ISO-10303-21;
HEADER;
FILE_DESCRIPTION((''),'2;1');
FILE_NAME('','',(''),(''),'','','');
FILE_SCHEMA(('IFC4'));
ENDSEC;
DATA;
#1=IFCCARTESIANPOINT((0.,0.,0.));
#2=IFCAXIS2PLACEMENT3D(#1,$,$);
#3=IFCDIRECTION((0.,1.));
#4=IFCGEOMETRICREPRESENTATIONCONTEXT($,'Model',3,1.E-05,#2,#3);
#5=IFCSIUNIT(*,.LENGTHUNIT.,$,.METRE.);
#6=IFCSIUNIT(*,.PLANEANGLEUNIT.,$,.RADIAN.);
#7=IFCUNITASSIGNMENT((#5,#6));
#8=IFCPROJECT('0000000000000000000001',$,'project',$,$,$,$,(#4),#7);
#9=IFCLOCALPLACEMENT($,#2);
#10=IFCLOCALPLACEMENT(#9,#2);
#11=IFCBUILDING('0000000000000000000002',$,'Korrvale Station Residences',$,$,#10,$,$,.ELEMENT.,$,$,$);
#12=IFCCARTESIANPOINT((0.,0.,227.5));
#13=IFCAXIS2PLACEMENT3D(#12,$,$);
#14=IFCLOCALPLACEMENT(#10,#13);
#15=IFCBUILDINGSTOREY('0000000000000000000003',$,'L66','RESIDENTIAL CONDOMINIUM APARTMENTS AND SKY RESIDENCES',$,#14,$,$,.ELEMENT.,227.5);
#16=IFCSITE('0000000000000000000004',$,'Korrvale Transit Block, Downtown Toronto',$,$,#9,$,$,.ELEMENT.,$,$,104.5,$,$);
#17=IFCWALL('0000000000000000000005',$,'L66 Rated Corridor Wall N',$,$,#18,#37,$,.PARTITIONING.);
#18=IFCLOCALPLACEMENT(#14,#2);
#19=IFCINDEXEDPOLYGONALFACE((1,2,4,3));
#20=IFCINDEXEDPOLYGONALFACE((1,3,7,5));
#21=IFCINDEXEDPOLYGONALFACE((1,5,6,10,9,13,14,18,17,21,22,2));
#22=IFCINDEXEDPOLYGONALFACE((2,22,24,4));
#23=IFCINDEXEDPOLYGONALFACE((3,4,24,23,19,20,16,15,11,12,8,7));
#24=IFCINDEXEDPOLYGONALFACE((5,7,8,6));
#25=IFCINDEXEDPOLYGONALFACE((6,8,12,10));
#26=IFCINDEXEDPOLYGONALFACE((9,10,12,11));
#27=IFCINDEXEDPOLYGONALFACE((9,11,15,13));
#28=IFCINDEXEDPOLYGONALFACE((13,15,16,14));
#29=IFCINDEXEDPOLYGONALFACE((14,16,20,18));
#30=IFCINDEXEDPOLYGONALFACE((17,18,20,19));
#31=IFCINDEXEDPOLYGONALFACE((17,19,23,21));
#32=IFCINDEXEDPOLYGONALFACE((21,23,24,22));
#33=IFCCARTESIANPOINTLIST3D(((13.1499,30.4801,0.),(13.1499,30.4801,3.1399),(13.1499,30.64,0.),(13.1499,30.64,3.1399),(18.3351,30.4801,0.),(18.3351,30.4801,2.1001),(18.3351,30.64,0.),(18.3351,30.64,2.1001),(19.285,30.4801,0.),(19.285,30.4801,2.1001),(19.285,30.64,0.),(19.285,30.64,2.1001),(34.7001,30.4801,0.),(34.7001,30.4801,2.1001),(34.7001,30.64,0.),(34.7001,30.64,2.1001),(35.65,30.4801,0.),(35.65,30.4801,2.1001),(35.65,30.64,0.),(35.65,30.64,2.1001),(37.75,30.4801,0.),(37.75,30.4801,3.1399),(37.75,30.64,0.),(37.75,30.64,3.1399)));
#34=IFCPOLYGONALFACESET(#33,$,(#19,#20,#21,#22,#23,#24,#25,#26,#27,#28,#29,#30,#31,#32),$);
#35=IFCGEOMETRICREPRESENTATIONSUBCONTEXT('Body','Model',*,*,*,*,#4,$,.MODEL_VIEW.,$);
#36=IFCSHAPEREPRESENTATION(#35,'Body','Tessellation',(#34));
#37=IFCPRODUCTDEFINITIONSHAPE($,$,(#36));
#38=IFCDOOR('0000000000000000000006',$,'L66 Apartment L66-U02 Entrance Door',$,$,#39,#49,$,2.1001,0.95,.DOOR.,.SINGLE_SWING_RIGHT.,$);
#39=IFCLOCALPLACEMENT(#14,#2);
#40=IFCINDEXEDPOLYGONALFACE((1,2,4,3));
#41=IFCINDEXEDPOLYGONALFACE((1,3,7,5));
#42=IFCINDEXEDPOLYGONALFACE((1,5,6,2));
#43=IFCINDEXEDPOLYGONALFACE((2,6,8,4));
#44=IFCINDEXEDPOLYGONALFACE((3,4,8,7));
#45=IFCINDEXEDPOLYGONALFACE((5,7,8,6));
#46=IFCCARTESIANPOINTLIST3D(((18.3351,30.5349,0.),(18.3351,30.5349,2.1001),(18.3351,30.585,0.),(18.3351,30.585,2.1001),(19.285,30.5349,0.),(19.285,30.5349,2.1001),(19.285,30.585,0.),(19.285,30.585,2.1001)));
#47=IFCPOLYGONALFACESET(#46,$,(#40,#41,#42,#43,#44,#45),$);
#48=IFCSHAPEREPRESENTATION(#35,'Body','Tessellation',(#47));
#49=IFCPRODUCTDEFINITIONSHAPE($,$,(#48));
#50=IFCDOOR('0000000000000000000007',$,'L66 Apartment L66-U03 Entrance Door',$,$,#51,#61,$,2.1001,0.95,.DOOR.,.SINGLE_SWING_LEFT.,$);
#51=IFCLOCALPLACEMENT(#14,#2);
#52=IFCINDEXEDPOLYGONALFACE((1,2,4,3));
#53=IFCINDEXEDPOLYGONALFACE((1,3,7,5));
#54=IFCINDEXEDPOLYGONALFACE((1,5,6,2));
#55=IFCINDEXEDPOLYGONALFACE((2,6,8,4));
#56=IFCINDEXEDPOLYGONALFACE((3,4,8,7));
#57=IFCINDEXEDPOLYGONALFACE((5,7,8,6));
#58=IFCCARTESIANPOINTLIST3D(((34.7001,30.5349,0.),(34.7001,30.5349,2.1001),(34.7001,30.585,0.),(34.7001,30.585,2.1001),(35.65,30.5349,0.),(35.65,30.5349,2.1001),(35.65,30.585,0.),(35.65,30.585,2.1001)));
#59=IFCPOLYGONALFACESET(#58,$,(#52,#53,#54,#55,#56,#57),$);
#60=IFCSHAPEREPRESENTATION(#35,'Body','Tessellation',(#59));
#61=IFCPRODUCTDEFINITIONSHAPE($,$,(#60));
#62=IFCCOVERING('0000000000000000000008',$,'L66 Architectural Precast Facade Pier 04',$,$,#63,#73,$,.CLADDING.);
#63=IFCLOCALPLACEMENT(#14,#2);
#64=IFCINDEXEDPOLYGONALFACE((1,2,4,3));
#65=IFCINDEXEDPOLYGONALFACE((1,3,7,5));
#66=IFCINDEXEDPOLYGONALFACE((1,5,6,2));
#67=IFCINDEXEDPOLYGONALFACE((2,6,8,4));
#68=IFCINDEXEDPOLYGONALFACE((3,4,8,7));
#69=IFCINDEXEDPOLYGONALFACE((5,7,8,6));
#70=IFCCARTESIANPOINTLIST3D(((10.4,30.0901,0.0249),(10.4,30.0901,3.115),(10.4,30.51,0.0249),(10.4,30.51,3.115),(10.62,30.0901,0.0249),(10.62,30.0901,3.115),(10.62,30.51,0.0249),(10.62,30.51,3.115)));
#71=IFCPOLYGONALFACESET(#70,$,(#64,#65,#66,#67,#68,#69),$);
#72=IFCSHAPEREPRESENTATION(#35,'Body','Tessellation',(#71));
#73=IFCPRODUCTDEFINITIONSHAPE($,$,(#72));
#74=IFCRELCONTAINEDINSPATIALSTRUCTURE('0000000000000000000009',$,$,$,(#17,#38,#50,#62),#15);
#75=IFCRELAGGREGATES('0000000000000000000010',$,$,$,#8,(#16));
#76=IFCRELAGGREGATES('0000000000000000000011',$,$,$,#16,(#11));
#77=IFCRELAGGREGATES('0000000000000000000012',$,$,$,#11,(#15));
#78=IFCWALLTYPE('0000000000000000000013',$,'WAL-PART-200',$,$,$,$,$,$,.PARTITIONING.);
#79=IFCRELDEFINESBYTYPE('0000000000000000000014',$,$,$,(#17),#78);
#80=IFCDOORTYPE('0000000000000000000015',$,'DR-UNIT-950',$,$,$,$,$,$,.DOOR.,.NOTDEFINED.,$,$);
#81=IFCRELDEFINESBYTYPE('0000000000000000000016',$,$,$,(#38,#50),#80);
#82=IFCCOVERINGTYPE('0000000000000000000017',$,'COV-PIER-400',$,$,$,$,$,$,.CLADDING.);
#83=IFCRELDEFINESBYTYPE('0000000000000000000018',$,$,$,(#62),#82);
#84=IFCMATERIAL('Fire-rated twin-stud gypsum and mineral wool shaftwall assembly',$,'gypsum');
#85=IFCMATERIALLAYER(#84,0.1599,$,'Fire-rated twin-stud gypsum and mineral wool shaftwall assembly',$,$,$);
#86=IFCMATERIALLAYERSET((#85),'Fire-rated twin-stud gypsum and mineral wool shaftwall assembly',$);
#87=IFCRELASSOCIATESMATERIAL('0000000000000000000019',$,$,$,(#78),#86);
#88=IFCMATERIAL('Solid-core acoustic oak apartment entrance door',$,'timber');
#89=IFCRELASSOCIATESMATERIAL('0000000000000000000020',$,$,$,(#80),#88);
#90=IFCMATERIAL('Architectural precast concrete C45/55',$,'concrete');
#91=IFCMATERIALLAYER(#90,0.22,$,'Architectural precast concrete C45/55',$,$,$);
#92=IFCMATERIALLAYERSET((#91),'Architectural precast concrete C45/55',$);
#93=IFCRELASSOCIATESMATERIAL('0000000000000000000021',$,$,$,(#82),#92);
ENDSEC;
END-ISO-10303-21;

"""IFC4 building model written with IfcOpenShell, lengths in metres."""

from ifc_helpers import new_model, si_unit, direction, frame, frame_2d, origin, origin_2d, place, context, subcontext, project, spatial, rectangle, extrude, material, layer, layer_set, type_object, element, fill, save


model = new_model("IFC4")

# Units and contexts
model_context = context("Model", 3, precision=1e-05, world=origin(), true_north=direction((0.0, 1.0)))
body_context = subcontext(model_context, "Body", "Model", "MODEL_VIEW")
ifc_project = project(units=[si_unit("LENGTHUNIT", "METRE"), si_unit("PLANEANGLEUNIT", "RADIAN")], contexts=[model_context])

# Site, building, storey
site_placement = place(None, origin())
site = spatial("IfcSite", under=ifc_project, at=site_placement, Name="Korrvale Transit Block, Downtown Toronto", CompositionType="ELEMENT", RefElevation=104.5)
building_placement = place(site_placement, origin())
building = spatial("IfcBuilding", under=site, at=building_placement, Name="Korrvale Station Residences", CompositionType="ELEMENT")
storey_placement = place(building_placement, frame((0.0, 0.0, 227.5)))
storey = spatial("IfcBuildingStorey", under=building, at=storey_placement, Name="L66", Description="RESIDENTIAL CONDOMINIUM APARTMENTS AND SKY RESIDENCES", CompositionType="ELEMENT", Elevation=227.5)

# Shared definitions
ifc_material_1 = material(Name="Fire-rated twin-stud gypsum and mineral wool shaftwall assembly", Category="gypsum")
ifc_layer_1 = layer(ifc_material_1, 0.1599, Name="Fire-rated twin-stud gypsum and mineral wool shaftwall assembly")
ifc_layer_set_1 = layer_set([ifc_layer_1], Name="Fire-rated twin-stud gypsum and mineral wool shaftwall assembly")
wall_type_1 = type_object("IfcWallType", Name="WAL-PART-200", PredefinedType="PARTITIONING", material=ifc_layer_set_1)

# Wall, openings, doors
wall_1_placement = place(storey_placement, frame((13.1499, 30.5601, 0.0), z_axis=(0.0, 0.0, 1.0), x_axis=(1.0, 0.0, 0.0)))
wall_1 = element("IfcWall", 1, at=wall_1_placement, inside=storey, type_object=wall_type_1, Name="L66 Rated Corridor Wall N", PredefinedType="PARTITIONING", context=body_context, shape_type="SweptSolid", body=[
    extrude(rectangle(XDim=24.6001, YDim=0.1599, at=frame_2d((12.3, 0.0))), origin(), (0.0, 0.0, 1.0), 3.1399),
])
opening_1_placement = place(wall_1_placement, frame((5.1851, 0.0, 0.0)))
opening_1 = element("IfcOpeningElement", 2, at=opening_1_placement, cuts=wall_1, PredefinedType="OPENING", context=body_context, shape_type="SweptSolid", body=[
    extrude(rectangle(XDim=0.95, YDim=2.1001, at=frame_2d((0.4751, 1.05))), frame((0.0, 0.0898, 0.0), z_axis=(0.0, -1.0, 0.0), x_axis=(1.0, 0.0, 0.0)), (0.0, 0.0, 1.0), 0.1799),
])
opening_2_placement = place(wall_1_placement, frame((21.55, 0.0, 0.0)))
opening_2 = element("IfcOpeningElement", 3, at=opening_2_placement, cuts=wall_1, PredefinedType="OPENING", context=body_context, shape_type="SweptSolid", body=[
    extrude(rectangle(XDim=0.95, YDim=2.1001, at=frame_2d((0.4751, 1.05))), frame((0.0, 0.0898, 0.0), z_axis=(0.0, -1.0, 0.0), x_axis=(1.0, 0.0, 0.0)), (0.0, 0.0, 1.0), 0.1799),
])
ifc_material_2 = material(Name="Solid-core acoustic oak apartment entrance door", Category="timber")
door_type = type_object("IfcDoorType", Name="DR-UNIT-950", OperationType="NOTDEFINED", PredefinedType="DOOR", material=ifc_material_2)
door_1_placement = place(opening_1_placement, origin())
door_1 = element("IfcDoor", 4, at=door_1_placement, inside=storey, type_object=door_type, Name="L66 Apartment L66-U02 Entrance Door", OperationType="SINGLE_SWING_RIGHT", OverallHeight=2.1001, OverallWidth=0.95, PredefinedType="DOOR", context=body_context, shape_type="SweptSolid", body=[
    extrude(rectangle(XDim=0.95, YDim=2.1001, at=frame_2d((0.4751, 1.05))), frame((0.0, 0.0249, 0.0), z_axis=(0.0, -1.0, 0.0), x_axis=(1.0, 0.0, 0.0)), (0.0, 0.0, 1.0), 0.05),
])
fill(opening_1, door_1)
door_2_placement = place(opening_2_placement, origin())
door_2 = element("IfcDoor", 5, at=door_2_placement, inside=storey, type_object=door_type, Name="L66 Apartment L66-U03 Entrance Door", OperationType="SINGLE_SWING_LEFT", OverallHeight=2.1001, OverallWidth=0.95, PredefinedType="DOOR", context=body_context, shape_type="SweptSolid", body=[
    extrude(rectangle(XDim=0.95, YDim=2.1001, at=frame_2d((0.4751, 1.05))), frame((0.0, 0.0249, 0.0), z_axis=(0.0, -1.0, 0.0), x_axis=(1.0, 0.0, 0.0)), (0.0, 0.0, 1.0), 0.05),
])
fill(opening_2, door_2)

# Covering
ifc_material_3 = material(Name="Architectural precast concrete C45/55", Category="concrete")
ifc_layer_2 = layer(ifc_material_3, 0.22, Name="Architectural precast concrete C45/55")
ifc_layer_set_2 = layer_set([ifc_layer_2], Name="Architectural precast concrete C45/55")
covering_type = type_object("IfcCoveringType", Name="COV-PIER-400", PredefinedType="CLADDING", material=ifc_layer_set_2)
covering_placement = place(storey_placement, frame((10.51, 30.3, 0.0249), z_axis=(0.0, 0.0, 1.0), x_axis=(0.0, 1.0, 0.0)))
element("IfcCovering", 6, at=covering_placement, inside=storey, type_object=covering_type, Name="L66 Architectural Precast Facade Pier 04", PredefinedType="CLADDING", context=body_context, shape_type="SweptSolid", body=[
    extrude(rectangle(XDim=0.4199, YDim=0.22, at=origin_2d()), origin(), (0.0, 0.0, 1.0), 3.0901),
])

save(model, "model.ifc")
